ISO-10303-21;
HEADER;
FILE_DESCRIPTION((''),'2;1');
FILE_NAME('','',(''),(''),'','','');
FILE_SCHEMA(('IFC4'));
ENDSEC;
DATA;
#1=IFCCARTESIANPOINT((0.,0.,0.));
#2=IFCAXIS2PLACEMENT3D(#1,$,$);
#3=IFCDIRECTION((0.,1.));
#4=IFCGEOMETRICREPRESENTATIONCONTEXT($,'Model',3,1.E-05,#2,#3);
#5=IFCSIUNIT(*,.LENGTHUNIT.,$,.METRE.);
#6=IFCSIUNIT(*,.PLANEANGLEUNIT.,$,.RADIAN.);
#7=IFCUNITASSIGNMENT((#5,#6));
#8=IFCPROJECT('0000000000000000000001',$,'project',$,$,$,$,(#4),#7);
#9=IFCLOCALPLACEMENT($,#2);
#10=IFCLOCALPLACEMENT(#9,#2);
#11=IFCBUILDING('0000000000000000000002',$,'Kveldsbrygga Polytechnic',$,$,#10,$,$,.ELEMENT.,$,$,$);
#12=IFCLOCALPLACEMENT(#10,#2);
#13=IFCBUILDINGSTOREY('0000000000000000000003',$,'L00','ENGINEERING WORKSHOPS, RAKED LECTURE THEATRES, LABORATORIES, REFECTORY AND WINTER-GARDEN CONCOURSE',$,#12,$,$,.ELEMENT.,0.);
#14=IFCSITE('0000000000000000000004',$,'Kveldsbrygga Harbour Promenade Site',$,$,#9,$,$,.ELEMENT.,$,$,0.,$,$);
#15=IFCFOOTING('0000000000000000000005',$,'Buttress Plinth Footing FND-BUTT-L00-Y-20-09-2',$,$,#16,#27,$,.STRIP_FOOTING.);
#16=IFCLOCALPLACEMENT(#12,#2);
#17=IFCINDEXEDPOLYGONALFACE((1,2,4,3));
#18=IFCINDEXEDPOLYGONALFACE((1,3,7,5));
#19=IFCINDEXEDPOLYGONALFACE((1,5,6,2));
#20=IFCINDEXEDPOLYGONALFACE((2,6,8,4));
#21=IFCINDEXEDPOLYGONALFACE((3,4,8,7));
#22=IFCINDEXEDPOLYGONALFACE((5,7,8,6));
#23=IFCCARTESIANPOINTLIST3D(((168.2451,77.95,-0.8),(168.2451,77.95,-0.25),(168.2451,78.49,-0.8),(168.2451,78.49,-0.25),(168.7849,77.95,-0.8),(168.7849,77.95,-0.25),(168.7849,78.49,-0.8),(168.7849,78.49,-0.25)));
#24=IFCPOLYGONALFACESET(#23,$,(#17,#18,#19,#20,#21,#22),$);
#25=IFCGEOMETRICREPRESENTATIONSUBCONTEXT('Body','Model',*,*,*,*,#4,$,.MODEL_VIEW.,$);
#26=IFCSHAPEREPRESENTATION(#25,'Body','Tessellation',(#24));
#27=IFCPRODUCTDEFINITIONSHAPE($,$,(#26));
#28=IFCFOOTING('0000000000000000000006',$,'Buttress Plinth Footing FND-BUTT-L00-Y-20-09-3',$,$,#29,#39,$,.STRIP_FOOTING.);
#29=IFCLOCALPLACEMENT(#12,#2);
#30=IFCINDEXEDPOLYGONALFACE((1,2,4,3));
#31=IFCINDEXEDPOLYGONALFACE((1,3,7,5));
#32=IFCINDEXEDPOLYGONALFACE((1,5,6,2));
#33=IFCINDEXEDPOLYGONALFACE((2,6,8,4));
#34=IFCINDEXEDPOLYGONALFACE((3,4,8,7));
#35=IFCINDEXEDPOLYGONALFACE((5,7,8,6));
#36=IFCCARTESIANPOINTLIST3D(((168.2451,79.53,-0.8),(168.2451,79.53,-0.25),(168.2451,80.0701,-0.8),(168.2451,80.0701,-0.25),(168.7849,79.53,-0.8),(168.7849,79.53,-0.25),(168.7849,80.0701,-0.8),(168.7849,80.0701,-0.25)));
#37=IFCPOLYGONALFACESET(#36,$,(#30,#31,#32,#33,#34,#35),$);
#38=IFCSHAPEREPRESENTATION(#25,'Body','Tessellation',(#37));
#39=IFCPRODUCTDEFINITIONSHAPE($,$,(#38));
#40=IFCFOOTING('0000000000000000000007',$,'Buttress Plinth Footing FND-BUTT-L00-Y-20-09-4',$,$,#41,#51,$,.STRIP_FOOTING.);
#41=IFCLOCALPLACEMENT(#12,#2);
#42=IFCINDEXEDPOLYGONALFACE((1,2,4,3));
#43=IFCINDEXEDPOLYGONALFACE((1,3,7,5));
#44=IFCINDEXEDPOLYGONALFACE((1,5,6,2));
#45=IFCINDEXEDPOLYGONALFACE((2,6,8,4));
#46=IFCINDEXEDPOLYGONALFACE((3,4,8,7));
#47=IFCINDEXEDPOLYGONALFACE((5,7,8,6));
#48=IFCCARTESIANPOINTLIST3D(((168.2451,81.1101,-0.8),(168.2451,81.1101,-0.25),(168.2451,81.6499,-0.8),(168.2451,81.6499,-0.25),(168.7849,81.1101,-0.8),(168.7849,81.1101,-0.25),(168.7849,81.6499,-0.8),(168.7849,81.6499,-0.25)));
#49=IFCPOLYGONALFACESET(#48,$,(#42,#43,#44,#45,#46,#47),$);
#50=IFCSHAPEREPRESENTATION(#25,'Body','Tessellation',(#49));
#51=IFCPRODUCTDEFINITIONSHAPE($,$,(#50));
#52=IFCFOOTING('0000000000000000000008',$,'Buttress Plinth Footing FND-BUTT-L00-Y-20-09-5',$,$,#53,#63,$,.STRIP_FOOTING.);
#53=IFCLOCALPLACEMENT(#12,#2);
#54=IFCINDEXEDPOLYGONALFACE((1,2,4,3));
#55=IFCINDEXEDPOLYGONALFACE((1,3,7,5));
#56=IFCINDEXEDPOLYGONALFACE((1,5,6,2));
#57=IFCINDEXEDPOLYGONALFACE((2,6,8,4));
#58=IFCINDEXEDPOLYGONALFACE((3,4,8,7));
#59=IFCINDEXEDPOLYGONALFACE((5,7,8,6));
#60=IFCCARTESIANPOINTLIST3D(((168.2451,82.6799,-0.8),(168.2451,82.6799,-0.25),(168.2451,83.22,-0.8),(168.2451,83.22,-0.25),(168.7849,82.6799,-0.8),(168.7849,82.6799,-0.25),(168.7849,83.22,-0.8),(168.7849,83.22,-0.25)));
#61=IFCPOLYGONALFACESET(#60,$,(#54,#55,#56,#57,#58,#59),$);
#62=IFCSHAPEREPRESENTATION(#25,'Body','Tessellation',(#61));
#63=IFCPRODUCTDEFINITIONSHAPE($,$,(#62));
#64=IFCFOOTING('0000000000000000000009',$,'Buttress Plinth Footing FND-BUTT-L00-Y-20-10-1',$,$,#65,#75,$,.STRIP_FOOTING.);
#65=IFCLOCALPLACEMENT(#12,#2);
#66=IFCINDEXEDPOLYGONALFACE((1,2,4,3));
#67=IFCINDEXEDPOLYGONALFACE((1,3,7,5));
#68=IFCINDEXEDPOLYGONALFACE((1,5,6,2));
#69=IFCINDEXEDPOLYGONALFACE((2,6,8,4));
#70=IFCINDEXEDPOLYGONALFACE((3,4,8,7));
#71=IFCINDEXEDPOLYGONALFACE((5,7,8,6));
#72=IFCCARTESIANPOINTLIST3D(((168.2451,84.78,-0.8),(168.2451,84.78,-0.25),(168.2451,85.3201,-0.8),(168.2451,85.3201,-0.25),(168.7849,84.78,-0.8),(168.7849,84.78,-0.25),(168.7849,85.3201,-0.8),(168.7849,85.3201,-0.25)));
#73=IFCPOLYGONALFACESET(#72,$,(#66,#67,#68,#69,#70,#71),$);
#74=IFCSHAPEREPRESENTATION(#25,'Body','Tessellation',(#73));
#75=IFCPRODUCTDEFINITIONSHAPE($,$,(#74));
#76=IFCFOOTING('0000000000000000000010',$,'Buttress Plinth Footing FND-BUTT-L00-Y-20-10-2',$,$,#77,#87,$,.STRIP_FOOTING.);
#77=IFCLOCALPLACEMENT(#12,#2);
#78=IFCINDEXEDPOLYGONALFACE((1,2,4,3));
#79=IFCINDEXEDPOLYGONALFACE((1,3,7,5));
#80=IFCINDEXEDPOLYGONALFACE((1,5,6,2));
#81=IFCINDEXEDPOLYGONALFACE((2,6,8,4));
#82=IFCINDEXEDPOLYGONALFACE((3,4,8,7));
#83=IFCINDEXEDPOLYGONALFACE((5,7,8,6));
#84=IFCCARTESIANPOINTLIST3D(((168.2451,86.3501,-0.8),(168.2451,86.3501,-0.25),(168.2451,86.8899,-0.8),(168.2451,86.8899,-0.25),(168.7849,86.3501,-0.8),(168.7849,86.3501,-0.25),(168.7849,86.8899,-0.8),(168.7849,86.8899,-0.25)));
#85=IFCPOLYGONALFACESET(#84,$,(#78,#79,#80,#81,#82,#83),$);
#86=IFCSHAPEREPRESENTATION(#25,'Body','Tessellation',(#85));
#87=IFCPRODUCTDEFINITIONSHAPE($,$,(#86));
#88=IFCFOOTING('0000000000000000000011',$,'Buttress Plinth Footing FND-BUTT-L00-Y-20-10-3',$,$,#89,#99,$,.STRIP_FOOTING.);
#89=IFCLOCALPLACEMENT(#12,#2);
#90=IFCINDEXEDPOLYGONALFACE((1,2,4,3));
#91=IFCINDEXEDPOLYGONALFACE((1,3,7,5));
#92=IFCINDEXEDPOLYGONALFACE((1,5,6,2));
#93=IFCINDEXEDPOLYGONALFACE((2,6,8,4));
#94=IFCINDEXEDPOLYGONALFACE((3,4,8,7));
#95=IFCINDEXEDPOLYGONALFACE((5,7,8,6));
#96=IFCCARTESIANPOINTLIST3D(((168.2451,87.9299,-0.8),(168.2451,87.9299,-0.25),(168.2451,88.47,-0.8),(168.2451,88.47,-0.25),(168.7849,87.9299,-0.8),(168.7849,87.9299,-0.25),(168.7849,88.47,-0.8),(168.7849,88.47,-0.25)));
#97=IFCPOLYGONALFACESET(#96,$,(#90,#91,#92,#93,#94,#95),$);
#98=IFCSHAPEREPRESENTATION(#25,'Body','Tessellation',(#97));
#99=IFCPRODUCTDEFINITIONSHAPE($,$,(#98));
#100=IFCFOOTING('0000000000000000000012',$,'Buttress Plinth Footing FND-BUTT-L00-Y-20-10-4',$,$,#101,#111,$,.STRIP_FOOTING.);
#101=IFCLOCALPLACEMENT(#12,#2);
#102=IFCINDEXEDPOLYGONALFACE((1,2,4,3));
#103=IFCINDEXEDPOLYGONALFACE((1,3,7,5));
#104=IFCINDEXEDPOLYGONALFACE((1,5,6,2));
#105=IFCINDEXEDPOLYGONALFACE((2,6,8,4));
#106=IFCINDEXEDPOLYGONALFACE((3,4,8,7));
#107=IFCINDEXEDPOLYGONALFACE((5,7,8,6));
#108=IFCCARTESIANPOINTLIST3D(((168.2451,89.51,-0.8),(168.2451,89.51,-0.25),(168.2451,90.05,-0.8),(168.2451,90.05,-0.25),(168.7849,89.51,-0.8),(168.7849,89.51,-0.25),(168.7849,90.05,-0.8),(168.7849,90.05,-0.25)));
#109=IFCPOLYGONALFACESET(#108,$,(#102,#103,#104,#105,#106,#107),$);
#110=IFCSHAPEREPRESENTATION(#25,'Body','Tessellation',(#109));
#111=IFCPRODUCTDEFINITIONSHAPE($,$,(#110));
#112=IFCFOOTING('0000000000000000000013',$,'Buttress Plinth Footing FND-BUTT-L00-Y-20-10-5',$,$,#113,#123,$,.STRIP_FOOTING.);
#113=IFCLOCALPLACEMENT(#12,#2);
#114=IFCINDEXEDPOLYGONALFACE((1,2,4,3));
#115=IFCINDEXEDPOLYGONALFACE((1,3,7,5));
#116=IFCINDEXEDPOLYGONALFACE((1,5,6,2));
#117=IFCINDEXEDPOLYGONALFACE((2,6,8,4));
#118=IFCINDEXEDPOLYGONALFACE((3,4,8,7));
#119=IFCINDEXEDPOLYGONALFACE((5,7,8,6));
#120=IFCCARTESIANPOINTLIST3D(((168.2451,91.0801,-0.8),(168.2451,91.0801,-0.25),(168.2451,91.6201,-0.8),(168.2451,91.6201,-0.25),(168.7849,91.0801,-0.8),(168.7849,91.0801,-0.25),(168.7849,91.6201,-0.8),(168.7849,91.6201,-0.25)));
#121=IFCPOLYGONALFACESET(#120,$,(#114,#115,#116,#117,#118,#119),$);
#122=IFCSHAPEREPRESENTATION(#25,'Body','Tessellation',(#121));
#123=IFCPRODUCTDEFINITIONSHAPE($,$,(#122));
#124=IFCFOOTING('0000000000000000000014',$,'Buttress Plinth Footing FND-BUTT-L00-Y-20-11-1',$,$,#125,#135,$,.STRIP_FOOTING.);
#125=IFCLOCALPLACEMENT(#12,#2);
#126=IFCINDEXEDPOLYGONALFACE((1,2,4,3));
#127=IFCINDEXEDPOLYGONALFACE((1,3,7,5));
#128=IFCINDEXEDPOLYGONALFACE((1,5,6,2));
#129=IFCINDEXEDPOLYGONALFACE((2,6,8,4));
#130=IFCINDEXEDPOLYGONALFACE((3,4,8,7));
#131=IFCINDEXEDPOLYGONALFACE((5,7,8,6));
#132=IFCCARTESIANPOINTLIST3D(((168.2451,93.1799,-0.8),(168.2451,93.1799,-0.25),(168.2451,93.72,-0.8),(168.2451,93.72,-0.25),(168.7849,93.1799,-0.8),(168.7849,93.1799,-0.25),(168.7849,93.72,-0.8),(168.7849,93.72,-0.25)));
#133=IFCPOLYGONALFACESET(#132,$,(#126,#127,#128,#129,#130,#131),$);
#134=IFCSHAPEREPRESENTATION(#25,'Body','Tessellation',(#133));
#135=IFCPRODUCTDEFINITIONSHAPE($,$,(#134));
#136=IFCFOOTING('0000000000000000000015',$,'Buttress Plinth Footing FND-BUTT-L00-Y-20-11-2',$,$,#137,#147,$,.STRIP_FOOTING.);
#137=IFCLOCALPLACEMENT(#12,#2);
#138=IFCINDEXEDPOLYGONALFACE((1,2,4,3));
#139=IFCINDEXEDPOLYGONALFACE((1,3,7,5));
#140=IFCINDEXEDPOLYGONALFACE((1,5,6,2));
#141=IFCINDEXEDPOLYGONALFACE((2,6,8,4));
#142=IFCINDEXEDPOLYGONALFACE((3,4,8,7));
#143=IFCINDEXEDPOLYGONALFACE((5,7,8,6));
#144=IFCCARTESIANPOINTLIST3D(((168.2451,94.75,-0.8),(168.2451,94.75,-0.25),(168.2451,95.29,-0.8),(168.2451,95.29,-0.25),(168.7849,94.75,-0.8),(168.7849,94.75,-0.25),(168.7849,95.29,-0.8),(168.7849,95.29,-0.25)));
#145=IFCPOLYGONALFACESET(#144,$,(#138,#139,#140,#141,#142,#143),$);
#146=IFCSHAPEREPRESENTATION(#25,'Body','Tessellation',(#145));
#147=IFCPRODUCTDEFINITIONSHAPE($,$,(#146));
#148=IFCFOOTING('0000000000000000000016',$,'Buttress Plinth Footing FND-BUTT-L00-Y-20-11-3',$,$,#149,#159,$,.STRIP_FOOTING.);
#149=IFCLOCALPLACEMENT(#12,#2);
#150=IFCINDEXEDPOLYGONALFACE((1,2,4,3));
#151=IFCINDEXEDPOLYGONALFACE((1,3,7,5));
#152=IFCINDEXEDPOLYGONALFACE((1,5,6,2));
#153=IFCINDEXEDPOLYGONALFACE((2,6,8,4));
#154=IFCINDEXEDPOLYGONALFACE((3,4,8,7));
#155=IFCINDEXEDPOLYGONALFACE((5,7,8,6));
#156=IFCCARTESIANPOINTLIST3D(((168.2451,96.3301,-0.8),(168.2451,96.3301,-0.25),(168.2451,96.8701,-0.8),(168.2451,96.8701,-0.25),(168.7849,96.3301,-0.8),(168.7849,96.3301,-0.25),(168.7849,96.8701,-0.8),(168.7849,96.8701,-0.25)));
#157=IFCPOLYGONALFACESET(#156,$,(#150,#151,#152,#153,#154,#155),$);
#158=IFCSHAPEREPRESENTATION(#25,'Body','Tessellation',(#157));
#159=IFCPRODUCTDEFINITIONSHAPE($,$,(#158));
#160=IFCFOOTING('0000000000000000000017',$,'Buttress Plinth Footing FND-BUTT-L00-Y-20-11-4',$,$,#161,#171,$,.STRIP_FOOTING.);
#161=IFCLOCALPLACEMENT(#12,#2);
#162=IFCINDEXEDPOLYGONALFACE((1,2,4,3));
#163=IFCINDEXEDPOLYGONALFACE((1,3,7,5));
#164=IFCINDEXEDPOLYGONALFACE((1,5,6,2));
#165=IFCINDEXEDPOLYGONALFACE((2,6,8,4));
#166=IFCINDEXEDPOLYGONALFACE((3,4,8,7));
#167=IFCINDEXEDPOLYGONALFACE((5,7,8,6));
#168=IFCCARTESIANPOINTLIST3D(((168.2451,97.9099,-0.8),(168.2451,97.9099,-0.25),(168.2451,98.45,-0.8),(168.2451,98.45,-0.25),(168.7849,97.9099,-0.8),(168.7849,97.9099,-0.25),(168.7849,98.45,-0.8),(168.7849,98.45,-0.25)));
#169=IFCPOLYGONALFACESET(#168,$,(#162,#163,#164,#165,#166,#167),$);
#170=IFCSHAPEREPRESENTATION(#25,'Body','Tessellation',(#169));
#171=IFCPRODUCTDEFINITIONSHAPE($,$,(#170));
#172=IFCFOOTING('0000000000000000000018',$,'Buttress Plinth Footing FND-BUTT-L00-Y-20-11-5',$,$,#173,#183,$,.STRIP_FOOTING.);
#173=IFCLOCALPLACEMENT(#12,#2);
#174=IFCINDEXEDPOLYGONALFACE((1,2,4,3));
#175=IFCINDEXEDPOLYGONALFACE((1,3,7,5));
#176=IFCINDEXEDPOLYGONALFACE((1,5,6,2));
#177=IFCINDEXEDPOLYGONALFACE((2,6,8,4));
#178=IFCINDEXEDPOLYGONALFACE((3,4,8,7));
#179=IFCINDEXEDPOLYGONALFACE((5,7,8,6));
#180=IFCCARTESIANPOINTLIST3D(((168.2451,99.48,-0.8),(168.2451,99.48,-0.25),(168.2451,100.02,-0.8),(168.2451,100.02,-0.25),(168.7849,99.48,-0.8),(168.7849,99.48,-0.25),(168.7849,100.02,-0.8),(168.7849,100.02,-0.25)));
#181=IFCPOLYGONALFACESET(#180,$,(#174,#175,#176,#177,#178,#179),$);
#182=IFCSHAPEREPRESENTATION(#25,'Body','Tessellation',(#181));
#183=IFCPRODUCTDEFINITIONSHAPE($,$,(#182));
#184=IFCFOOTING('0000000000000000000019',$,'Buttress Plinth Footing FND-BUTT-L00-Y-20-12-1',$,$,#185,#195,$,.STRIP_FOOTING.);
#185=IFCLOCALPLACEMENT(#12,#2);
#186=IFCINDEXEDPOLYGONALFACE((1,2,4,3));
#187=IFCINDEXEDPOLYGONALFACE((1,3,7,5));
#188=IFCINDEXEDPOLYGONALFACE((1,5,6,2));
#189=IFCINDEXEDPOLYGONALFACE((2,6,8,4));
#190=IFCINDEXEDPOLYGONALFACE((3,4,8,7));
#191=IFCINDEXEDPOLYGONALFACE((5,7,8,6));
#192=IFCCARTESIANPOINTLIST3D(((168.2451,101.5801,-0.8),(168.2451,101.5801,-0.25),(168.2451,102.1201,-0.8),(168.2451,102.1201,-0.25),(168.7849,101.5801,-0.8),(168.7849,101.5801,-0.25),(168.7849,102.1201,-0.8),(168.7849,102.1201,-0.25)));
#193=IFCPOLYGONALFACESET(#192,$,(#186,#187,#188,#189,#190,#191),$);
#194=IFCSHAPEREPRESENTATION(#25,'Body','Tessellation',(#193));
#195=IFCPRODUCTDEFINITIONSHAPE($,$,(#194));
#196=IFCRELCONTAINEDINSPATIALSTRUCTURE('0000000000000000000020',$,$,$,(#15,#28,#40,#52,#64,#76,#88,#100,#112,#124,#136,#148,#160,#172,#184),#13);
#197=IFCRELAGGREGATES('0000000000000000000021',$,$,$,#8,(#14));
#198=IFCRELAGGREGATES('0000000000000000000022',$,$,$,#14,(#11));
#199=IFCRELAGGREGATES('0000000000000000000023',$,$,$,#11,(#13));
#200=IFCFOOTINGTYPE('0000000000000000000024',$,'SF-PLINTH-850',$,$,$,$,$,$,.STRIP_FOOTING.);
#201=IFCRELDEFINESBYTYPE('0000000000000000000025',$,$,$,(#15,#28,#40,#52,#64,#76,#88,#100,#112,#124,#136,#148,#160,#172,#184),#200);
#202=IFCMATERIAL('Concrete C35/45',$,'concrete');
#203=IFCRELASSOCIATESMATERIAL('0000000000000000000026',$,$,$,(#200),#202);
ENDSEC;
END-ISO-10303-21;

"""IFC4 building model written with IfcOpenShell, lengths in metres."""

from ifc_helpers import new_model, si_unit, direction, frame, origin, place, context, subcontext, project, spatial, polyline, outline, extrude, material, type_object, element, save


model = new_model("IFC4")

# Units and contexts
model_context = context("Model", 3, precision=1e-05, world=origin(), true_north=direction((0.0, 1.0)))
body_context = subcontext(model_context, "Body", "Model", "MODEL_VIEW")
ifc_project = project(units=[si_unit("LENGTHUNIT", "METRE"), si_unit("PLANEANGLEUNIT", "RADIAN")], contexts=[model_context])

# Site, building, storey
site_placement = place(None, origin())
site = spatial("IfcSite", under=ifc_project, at=site_placement, Name="Kveldsbrygga Harbour Promenade Site", CompositionType="ELEMENT", RefElevation=0.0)
building_placement = place(site_placement, origin())
building = spatial("IfcBuilding", under=site, at=building_placement, Name="Kveldsbrygga Polytechnic", CompositionType="ELEMENT")
storey_placement = place(building_placement, origin())
storey = spatial("IfcBuildingStorey", under=building, at=storey_placement, Name="L00", Description="ENGINEERING WORKSHOPS, RAKED LECTURE THEATRES, LABORATORIES, REFECTORY AND WINTER-GARDEN CONCOURSE", CompositionType="ELEMENT", Elevation=0.0)

# Footings
ifc_material = material(Name="Concrete C35/45", Category="concrete")
footing_type = type_object("IfcFootingType", Name="SF-PLINTH-850", PredefinedType="STRIP_FOOTING", material=ifc_material)
footing_1_placement = place(storey_placement, frame((0.0, 0.0, -0.8)))
element("IfcFooting", 1, at=footing_1_placement, inside=storey, type_object=footing_type, Name="Buttress Plinth Footing FND-BUTT-L00-Y-20-09-2", PredefinedType="STRIP_FOOTING", context=body_context, shape_type="SweptSolid", body=[
    extrude(outline(polyline([(168.2451, 77.95), (168.7849, 77.95), (168.7849, 78.49), (168.2451, 78.49), (168.2451, 77.95)])), origin(), (0.0, 0.0, 1.0), 0.55),
])
footing_2_placement = place(storey_placement, frame((0.0, 0.0, -0.8)))
element("IfcFooting", 2, at=footing_2_placement, inside=storey, type_object=footing_type, Name="Buttress Plinth Footing FND-BUTT-L00-Y-20-09-3", PredefinedType="STRIP_FOOTING", context=body_context, shape_type="SweptSolid", body=[
    extrude(outline(polyline([(168.2451, 79.53), (168.7849, 79.53), (168.7849, 80.0701), (168.2451, 80.0701), (168.2451, 79.53)])), origin(), (0.0, 0.0, 1.0), 0.55),
])
footing_3_placement = place(storey_placement, frame((0.0, 0.0, -0.8)))
element("IfcFooting", 3, at=footing_3_placement, inside=storey, type_object=footing_type, Name="Buttress Plinth Footing FND-BUTT-L00-Y-20-09-4", PredefinedType="STRIP_FOOTING", context=body_context, shape_type="SweptSolid", body=[
    extrude(outline(polyline([(168.2451, 81.1101), (168.7849, 81.1101), (168.7849, 81.6499), (168.2451, 81.6499), (168.2451, 81.1101)])), origin(), (0.0, 0.0, 1.0), 0.55),
])
footing_4_placement = place(storey_placement, frame((0.0, 0.0, -0.8)))
element("IfcFooting", 4, at=footing_4_placement, inside=storey, type_object=footing_type, Name="Buttress Plinth Footing FND-BUTT-L00-Y-20-09-5", PredefinedType="STRIP_FOOTING", context=body_context, shape_type="SweptSolid", body=[
    extrude(outline(polyline([(168.2451, 82.6799), (168.7849, 82.6799), (168.7849, 83.22), (168.2451, 83.22), (168.2451, 82.6799)])), origin(), (0.0, 0.0, 1.0), 0.55),
])
footing_5_placement = place(storey_placement, frame((0.0, 0.0, -0.8)))
element("IfcFooting", 5, at=footing_5_placement, inside=storey, type_object=footing_type, Name="Buttress Plinth Footing FND-BUTT-L00-Y-20-10-1", PredefinedType="STRIP_FOOTING", context=body_context, shape_type="SweptSolid", body=[
    extrude(outline(polyline([(168.2451, 84.78), (168.7849, 84.78), (168.7849, 85.3201), (168.2451, 85.3201), (168.2451, 84.78)])), origin(), (0.0, 0.0, 1.0), 0.55),
])
footing_6_placement = place(storey_placement, frame((0.0, 0.0, -0.8)))
element("IfcFooting", 6, at=footing_6_placement, inside=storey, type_object=footing_type, Name="Buttress Plinth Footing FND-BUTT-L00-Y-20-10-2", PredefinedType="STRIP_FOOTING", context=body_context, shape_type="SweptSolid", body=[
    extrude(outline(polyline([(168.2451, 86.3501), (168.7849, 86.3501), (168.7849, 86.8899), (168.2451, 86.8899), (168.2451, 86.3501)])), origin(), (0.0, 0.0, 1.0), 0.55),
])
footing_7_placement = place(storey_placement, frame((0.0, 0.0, -0.8)))
element("IfcFooting", 7, at=footing_7_placement, inside=storey, type_object=footing_type, Name="Buttress Plinth Footing FND-BUTT-L00-Y-20-10-3", PredefinedType="STRIP_FOOTING", context=body_context, shape_type="SweptSolid", body=[
    extrude(outline(polyline([(168.2451, 87.9299), (168.7849, 87.9299), (168.7849, 88.47), (168.2451, 88.47), (168.2451, 87.9299)])), origin(), (0.0, 0.0, 1.0), 0.55),
])
footing_8_placement = place(storey_placement, frame((0.0, 0.0, -0.8)))
element("IfcFooting", 8, at=footing_8_placement, inside=storey, type_object=footing_type, Name="Buttress Plinth Footing FND-BUTT-L00-Y-20-10-4", PredefinedType="STRIP_FOOTING", context=body_context, shape_type="SweptSolid", body=[
    extrude(outline(polyline([(168.2451, 89.51), (168.7849, 89.51), (168.7849, 90.05), (168.2451, 90.05), (168.2451, 89.51)])), origin(), (0.0, 0.0, 1.0), 0.55),
])
footing_9_placement = place(storey_placement, frame((0.0, 0.0, -0.8)))
element("IfcFooting", 9, at=footing_9_placement, inside=storey, type_object=footing_type, Name="Buttress Plinth Footing FND-BUTT-L00-Y-20-10-5", PredefinedType="STRIP_FOOTING", context=body_context, shape_type="SweptSolid", body=[
    extrude(outline(polyline([(168.2451, 91.0801), (168.7849, 91.0801), (168.7849, 91.6201), (168.2451, 91.6201), (168.2451, 91.0801)])), origin(), (0.0, 0.0, 1.0), 0.55),
])
footing_10_placement = place(storey_placement, frame((0.0, 0.0, -0.8)))
element("IfcFooting", 10, at=footing_10_placement, inside=storey, type_object=footing_type, Name="Buttress Plinth Footing FND-BUTT-L00-Y-20-11-1", PredefinedType="STRIP_FOOTING", context=body_context, shape_type="SweptSolid", body=[
    extrude(outline(polyline([(168.2451, 93.1799), (168.7849, 93.1799), (168.7849, 93.72), (168.2451, 93.72), (168.2451, 93.1799)])), origin(), (0.0, 0.0, 1.0), 0.55),
])
footing_11_placement = place(storey_placement, frame((0.0, 0.0, -0.8)))
element("IfcFooting", 11, at=footing_11_placement, inside=storey, type_object=footing_type, Name="Buttress Plinth Footing FND-BUTT-L00-Y-20-11-2", PredefinedType="STRIP_FOOTING", context=body_context, shape_type="SweptSolid", body=[
    extrude(outline(polyline([(168.2451, 94.75), (168.7849, 94.75), (168.7849, 95.29), (168.2451, 95.29), (168.2451, 94.75)])), origin(), (0.0, 0.0, 1.0), 0.55),
])
footing_12_placement = place(storey_placement, frame((0.0, 0.0, -0.8)))
element("IfcFooting", 12, at=footing_12_placement, inside=storey, type_object=footing_type, Name="Buttress Plinth Footing FND-BUTT-L00-Y-20-11-3", PredefinedType="STRIP_FOOTING", context=body_context, shape_type="SweptSolid", body=[
    extrude(outline(polyline([(168.2451, 96.3301), (168.7849, 96.3301), (168.7849, 96.8701), (168.2451, 96.8701), (168.2451, 96.3301)])), origin(), (0.0, 0.0, 1.0), 0.55),
])
footing_13_placement = place(storey_placement, frame((0.0, 0.0, -0.8)))
element("IfcFooting", 13, at=footing_13_placement, inside=storey, type_object=footing_type, Name="Buttress Plinth Footing FND-BUTT-L00-Y-20-11-4", PredefinedType="STRIP_FOOTING", context=body_context, shape_type="SweptSolid", body=[
    extrude(outline(polyline([(168.2451, 97.9099), (168.7849, 97.9099), (168.7849, 98.45), (168.2451, 98.45), (168.2451, 97.9099)])), origin(), (0.0, 0.0, 1.0), 0.55),
])
footing_14_placement = place(storey_placement, frame((0.0, 0.0, -0.8)))
element("IfcFooting", 14, at=footing_14_placement, inside=storey, type_object=footing_type, Name="Buttress Plinth Footing FND-BUTT-L00-Y-20-11-5", PredefinedType="STRIP_FOOTING", context=body_context, shape_type="SweptSolid", body=[
    extrude(outline(polyline([(168.2451, 99.48), (168.7849, 99.48), (168.7849, 100.02), (168.2451, 100.02), (168.2451, 99.48)])), origin(), (0.0, 0.0, 1.0), 0.55),
])
footing_15_placement = place(storey_placement, frame((0.0, 0.0, -0.8)))
element("IfcFooting", 15, at=footing_15_placement, inside=storey, type_object=footing_type, Name="Buttress Plinth Footing FND-BUTT-L00-Y-20-12-1", PredefinedType="STRIP_FOOTING", context=body_context, shape_type="SweptSolid", body=[
    extrude(outline(polyline([(168.2451, 101.5801), (168.7849, 101.5801), (168.7849, 102.1201), (168.2451, 102.1201), (168.2451, 101.5801)])), origin(), (0.0, 0.0, 1.0), 0.55),
])

save(model, "model.ifc")
